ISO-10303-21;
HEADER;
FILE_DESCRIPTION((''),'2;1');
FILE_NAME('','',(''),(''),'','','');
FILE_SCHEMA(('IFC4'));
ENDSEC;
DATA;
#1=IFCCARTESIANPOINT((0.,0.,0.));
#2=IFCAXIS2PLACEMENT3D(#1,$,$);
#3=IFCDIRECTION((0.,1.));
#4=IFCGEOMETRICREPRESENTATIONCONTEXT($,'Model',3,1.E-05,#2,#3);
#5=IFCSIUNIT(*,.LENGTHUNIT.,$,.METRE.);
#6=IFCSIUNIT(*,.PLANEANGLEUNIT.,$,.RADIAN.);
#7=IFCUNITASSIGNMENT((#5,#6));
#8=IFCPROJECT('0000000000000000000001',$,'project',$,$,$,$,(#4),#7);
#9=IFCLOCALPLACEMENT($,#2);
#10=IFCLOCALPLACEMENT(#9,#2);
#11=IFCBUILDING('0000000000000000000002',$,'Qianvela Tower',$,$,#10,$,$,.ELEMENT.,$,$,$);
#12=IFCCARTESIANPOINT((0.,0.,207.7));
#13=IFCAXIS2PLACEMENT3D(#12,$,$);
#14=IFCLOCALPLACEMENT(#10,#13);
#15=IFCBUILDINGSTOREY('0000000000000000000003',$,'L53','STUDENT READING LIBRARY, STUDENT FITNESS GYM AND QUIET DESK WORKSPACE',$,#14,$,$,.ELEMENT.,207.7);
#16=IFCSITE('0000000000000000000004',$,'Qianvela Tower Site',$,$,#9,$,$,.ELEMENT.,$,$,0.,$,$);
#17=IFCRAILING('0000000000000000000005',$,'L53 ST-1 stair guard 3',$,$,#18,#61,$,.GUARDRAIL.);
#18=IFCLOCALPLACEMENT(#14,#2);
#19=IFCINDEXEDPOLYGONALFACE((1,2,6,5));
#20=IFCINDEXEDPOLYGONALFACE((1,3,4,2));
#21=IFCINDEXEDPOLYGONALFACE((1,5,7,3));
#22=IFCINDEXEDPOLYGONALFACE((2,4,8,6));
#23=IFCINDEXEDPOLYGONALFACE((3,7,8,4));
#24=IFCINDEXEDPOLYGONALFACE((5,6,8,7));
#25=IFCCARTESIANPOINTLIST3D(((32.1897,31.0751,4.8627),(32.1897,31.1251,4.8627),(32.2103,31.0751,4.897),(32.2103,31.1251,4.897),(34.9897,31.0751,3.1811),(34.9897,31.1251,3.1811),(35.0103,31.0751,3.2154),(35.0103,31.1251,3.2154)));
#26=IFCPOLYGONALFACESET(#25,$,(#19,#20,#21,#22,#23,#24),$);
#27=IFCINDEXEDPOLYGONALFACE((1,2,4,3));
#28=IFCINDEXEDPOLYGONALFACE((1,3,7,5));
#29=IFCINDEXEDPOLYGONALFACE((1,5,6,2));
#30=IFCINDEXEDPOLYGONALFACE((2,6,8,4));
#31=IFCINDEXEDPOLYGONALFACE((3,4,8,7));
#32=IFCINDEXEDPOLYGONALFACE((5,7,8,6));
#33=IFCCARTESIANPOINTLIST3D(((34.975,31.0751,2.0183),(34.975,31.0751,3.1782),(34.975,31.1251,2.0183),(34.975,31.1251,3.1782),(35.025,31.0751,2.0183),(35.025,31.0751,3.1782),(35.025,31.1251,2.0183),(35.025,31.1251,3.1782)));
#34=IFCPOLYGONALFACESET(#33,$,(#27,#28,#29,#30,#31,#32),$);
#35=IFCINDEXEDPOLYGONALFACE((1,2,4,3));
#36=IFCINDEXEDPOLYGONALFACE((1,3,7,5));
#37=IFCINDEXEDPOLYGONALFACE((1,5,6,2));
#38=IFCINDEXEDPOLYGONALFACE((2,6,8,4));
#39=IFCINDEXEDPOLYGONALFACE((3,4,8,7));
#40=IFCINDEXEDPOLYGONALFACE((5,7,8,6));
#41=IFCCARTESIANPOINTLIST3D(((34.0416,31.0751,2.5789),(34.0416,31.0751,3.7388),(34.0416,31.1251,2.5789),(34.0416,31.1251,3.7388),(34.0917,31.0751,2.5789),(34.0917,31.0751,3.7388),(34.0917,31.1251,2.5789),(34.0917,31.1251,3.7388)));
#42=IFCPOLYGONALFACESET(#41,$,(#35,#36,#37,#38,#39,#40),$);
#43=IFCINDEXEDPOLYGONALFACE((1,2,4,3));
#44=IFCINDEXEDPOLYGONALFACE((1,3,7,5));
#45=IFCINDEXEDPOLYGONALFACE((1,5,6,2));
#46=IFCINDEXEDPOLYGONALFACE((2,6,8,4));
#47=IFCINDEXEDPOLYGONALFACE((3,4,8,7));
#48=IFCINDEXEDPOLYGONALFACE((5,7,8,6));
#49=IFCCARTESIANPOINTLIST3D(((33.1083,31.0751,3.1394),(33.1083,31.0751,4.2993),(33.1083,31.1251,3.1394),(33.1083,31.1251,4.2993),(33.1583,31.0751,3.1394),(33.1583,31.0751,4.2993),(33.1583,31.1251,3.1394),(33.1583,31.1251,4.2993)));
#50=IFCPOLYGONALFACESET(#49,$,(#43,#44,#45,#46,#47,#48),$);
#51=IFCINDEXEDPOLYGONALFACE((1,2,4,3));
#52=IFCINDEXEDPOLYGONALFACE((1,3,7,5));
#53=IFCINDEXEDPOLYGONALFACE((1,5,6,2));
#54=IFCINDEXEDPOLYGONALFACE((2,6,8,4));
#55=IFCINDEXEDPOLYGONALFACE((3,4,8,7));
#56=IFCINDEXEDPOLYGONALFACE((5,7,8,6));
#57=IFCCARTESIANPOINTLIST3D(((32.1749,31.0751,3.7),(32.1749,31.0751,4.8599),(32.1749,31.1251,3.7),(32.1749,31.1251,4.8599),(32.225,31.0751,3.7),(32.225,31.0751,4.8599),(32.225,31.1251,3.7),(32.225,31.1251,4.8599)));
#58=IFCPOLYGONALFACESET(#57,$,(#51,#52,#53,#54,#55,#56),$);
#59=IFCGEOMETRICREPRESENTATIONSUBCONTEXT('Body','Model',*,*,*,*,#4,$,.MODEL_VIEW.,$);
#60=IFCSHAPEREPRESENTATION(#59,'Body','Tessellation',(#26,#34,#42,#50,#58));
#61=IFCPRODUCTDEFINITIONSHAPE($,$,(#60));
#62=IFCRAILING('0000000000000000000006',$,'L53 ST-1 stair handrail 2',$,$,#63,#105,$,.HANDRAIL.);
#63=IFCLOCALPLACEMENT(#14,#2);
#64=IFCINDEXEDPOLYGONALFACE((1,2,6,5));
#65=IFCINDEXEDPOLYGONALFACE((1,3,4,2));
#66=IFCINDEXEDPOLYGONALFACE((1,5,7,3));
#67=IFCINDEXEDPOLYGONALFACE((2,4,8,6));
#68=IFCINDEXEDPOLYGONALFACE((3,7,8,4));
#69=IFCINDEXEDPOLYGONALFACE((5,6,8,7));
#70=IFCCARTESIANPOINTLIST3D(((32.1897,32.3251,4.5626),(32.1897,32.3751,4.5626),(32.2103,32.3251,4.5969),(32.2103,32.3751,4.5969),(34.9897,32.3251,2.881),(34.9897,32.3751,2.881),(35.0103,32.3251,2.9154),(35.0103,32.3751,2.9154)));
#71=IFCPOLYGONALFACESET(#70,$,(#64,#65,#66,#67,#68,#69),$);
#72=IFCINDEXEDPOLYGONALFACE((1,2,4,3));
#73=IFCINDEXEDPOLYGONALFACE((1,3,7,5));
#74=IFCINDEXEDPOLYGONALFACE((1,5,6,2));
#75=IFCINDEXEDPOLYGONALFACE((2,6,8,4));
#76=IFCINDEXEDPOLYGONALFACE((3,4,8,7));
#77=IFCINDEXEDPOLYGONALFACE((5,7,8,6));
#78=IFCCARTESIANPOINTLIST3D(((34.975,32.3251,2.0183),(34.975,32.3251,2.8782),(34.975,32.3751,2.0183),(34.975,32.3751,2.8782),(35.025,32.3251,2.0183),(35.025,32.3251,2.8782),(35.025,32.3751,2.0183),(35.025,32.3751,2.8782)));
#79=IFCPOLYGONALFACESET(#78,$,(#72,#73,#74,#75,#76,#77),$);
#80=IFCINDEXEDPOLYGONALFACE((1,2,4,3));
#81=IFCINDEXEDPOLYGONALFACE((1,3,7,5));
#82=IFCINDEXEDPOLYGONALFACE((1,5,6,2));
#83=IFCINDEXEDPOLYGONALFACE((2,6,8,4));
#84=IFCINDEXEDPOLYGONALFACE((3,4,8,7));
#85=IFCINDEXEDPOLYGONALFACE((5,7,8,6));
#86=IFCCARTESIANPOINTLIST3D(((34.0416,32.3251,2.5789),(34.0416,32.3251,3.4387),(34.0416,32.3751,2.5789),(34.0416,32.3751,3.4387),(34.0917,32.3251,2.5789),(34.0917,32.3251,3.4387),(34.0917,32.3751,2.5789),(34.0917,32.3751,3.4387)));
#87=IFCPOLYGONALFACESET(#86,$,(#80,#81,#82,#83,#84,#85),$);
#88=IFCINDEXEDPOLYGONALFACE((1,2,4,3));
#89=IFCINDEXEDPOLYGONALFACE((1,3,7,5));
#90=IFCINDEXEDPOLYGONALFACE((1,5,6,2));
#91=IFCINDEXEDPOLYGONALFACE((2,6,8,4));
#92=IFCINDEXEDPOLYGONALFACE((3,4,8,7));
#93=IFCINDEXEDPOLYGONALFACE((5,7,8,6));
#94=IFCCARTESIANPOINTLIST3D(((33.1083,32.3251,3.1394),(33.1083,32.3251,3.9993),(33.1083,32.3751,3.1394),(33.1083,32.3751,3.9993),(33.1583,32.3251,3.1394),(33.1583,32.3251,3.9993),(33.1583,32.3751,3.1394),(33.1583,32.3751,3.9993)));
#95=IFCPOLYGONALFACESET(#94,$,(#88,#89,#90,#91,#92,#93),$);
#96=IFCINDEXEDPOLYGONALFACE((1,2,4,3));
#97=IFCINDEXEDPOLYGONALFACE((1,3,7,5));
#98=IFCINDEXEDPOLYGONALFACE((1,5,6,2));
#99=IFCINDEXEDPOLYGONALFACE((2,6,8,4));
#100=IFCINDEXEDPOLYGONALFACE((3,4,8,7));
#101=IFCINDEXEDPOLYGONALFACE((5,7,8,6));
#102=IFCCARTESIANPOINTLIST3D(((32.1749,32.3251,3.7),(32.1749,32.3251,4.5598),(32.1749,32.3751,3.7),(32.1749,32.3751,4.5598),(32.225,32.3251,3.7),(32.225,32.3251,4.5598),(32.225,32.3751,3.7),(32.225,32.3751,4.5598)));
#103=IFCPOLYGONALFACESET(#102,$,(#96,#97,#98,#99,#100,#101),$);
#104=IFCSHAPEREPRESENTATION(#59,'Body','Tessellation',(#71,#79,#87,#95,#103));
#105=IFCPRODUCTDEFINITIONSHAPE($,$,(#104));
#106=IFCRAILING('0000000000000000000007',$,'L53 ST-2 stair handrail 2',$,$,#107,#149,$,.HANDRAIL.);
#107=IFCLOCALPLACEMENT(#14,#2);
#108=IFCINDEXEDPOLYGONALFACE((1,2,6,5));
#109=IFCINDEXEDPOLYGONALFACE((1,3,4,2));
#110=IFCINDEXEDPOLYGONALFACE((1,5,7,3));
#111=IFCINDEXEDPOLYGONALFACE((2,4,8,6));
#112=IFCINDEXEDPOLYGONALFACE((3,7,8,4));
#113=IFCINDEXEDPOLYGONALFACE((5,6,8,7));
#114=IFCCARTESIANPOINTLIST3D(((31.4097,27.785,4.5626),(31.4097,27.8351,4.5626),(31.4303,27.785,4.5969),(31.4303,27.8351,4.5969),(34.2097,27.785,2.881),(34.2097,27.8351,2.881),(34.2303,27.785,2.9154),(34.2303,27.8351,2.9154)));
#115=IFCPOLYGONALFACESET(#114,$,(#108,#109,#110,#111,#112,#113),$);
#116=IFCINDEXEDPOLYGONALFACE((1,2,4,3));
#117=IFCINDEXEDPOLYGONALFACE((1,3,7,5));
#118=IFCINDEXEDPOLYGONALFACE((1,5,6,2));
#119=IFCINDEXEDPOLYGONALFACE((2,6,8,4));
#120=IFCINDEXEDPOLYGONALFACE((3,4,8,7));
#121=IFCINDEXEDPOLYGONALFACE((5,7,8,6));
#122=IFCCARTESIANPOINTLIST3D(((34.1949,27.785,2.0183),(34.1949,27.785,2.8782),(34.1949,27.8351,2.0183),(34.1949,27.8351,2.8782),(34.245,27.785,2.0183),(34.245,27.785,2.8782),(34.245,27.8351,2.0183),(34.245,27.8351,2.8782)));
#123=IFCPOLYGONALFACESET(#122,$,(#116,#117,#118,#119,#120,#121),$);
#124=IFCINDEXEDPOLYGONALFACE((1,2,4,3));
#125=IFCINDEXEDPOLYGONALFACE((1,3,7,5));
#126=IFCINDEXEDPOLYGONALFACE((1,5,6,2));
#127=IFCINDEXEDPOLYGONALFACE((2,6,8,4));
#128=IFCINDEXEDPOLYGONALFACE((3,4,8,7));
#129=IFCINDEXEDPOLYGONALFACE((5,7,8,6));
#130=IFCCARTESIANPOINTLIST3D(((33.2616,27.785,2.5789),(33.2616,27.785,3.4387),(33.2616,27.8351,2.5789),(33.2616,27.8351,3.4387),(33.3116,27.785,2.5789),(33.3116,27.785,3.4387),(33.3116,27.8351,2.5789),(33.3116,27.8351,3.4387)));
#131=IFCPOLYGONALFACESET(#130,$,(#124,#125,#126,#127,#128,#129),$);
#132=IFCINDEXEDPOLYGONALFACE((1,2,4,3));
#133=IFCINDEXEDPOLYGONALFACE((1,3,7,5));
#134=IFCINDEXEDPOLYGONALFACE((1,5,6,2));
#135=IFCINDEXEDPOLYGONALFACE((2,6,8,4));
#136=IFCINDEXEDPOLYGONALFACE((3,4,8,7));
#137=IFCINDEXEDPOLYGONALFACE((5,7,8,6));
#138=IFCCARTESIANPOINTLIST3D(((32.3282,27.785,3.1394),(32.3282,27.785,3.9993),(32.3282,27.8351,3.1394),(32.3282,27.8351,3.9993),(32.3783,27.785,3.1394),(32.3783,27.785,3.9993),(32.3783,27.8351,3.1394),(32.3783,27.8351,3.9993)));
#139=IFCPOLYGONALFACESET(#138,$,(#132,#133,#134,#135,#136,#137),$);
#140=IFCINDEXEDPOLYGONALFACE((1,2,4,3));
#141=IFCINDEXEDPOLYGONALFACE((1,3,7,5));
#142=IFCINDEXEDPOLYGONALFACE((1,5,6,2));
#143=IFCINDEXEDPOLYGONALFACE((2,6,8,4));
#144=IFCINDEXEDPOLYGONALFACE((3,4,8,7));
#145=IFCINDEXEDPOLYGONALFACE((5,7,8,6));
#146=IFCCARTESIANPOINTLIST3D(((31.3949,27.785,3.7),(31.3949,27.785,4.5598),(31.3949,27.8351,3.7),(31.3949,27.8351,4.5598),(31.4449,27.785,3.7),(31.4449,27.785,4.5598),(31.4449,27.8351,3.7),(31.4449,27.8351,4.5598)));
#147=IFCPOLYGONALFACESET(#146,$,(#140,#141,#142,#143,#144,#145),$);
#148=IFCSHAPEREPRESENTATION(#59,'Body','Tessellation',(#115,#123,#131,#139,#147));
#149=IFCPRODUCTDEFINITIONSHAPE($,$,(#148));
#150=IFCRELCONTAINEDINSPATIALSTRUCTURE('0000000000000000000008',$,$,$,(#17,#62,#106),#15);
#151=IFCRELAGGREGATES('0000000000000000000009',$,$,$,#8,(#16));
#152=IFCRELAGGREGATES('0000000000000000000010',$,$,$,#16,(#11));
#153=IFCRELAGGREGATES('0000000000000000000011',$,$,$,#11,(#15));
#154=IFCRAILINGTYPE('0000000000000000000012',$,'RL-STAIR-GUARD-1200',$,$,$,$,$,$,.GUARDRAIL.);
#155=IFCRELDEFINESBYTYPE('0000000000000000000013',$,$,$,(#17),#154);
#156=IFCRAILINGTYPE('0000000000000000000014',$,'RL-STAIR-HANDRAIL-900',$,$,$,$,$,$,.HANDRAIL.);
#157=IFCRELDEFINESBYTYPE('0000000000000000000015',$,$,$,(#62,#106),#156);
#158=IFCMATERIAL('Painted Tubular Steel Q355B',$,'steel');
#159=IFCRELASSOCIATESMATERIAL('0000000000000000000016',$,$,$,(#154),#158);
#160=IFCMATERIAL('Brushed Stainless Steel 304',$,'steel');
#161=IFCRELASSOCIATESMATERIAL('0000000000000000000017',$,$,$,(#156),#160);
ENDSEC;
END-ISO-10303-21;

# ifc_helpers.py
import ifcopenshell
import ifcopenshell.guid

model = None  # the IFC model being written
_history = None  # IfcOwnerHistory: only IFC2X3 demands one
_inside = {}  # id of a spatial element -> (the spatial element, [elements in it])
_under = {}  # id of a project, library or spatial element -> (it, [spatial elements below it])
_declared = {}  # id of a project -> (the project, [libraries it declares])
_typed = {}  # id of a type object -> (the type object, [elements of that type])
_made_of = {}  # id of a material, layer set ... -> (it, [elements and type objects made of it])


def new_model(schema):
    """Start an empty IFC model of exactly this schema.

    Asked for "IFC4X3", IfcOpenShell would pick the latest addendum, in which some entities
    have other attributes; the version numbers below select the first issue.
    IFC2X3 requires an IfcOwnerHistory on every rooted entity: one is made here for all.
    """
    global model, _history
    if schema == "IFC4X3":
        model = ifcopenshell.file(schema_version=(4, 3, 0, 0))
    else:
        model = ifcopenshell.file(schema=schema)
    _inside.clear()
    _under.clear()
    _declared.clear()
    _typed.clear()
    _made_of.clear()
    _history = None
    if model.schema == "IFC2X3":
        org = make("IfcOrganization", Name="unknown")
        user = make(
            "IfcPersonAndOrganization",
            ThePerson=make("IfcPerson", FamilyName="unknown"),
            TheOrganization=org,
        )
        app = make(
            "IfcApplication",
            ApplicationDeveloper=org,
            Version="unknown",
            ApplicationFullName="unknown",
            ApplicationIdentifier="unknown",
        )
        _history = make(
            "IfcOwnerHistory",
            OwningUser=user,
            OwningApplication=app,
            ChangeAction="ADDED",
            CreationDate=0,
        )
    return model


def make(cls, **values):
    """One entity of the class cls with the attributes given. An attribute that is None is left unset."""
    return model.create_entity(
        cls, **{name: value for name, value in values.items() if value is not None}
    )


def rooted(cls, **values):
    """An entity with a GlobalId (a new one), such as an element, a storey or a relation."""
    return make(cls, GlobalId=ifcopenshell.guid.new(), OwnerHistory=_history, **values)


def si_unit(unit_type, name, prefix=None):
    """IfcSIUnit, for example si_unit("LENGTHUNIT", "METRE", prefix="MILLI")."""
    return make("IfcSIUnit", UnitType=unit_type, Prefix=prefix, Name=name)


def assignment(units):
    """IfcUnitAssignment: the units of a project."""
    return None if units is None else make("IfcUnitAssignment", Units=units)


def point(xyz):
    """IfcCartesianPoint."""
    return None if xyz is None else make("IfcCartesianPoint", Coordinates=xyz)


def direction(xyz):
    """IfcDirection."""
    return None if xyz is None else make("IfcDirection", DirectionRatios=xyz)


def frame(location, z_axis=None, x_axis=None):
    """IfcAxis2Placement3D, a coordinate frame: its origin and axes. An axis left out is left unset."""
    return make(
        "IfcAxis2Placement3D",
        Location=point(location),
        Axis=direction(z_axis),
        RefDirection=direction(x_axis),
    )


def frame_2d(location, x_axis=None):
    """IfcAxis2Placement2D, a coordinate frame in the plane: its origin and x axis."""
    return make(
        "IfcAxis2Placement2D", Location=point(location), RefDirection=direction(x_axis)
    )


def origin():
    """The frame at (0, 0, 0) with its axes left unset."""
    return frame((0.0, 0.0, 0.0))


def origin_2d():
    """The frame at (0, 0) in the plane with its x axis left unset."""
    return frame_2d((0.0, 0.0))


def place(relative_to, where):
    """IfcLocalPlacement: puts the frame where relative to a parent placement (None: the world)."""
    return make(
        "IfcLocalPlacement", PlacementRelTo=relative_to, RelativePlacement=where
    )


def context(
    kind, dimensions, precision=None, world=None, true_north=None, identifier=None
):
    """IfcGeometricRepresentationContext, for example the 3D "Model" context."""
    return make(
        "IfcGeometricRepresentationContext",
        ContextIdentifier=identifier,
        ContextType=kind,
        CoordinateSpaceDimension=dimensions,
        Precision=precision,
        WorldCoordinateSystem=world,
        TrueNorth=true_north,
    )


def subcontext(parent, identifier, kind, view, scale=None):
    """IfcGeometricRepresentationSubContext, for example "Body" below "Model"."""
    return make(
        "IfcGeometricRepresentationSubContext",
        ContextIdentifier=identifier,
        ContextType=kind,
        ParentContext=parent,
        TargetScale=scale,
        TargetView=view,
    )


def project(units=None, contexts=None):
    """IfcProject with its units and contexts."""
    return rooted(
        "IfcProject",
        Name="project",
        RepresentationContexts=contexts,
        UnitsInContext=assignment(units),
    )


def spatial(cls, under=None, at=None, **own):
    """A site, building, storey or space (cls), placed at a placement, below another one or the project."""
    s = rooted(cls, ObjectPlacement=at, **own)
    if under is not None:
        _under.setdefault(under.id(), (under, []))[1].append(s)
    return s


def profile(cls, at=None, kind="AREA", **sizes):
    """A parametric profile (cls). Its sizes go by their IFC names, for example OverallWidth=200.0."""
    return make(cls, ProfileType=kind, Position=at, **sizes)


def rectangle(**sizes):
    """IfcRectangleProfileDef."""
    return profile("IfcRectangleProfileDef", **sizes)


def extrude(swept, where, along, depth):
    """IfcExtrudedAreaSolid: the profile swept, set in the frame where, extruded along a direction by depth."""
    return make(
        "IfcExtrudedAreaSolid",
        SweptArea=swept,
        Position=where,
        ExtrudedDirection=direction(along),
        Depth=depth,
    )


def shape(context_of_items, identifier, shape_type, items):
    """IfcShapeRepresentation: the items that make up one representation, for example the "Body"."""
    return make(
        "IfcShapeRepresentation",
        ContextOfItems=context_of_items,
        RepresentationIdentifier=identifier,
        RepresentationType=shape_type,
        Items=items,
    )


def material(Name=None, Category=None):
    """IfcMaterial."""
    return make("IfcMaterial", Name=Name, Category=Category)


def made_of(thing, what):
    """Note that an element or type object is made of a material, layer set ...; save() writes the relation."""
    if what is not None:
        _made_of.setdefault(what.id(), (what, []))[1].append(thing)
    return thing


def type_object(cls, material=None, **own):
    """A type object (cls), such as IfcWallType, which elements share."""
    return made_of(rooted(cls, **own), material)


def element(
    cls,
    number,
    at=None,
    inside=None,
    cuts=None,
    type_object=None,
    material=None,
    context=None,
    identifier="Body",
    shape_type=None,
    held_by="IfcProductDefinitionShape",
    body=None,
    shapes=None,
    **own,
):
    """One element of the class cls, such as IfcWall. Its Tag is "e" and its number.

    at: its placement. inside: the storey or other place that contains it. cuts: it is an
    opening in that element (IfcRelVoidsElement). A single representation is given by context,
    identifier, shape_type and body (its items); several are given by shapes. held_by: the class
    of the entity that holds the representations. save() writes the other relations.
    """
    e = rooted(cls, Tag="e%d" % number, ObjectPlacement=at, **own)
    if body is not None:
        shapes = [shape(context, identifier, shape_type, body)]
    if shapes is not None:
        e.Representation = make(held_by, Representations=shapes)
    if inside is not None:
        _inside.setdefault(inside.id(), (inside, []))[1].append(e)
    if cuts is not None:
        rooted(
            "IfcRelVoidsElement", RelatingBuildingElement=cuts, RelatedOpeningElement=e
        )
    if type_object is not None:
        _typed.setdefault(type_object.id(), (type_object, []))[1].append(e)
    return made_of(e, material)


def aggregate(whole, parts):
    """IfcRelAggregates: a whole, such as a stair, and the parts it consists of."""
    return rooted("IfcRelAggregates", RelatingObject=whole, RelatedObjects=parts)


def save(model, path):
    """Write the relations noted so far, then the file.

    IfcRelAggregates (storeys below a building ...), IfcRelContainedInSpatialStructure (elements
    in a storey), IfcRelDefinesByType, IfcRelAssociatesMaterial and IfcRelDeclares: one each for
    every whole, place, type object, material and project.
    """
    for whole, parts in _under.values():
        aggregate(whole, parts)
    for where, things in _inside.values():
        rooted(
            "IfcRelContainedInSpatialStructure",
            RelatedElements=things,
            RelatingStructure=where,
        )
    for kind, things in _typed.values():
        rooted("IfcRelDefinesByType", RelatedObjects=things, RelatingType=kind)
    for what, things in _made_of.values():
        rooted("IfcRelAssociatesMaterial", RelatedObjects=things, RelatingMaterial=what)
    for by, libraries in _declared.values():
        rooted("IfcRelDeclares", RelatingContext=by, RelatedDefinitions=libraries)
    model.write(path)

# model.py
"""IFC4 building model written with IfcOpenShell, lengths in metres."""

from ifc_helpers import new_model, si_unit, direction, frame, origin, origin_2d, place, context, subcontext, project, spatial, rectangle, extrude, material, type_object, element, save


model = new_model("IFC4")

# Units and contexts
model_context = context("Model", 3, precision=1e-05, world=origin(), true_north=direction((0.0, 1.0)))
body_context = subcontext(model_context, "Body", "Model", "MODEL_VIEW")
ifc_project = project(units=[si_unit("LENGTHUNIT", "METRE"), si_unit("PLANEANGLEUNIT", "RADIAN")], contexts=[model_context])

# Site, building, storey
site_placement = place(None, origin())
site = spatial("IfcSite", under=ifc_project, at=site_placement, Name="Qianvela Tower Site", CompositionType="ELEMENT", RefElevation=0.0)
building_placement = place(site_placement, origin())
building = spatial("IfcBuilding", under=site, at=building_placement, Name="Qianvela Tower", CompositionType="ELEMENT")
storey_placement = place(building_placement, frame((0.0, 0.0, 207.7)))
storey = spatial("IfcBuildingStorey", under=building, at=storey_placement, Name="L53", Description="STUDENT READING LIBRARY, STUDENT FITNESS GYM AND QUIET DESK WORKSPACE", CompositionType="ELEMENT", Elevation=207.7)

# Railings
ifc_material_1 = material(Name="Painted Tubular Steel Q355B", Category="steel")
railing_type_1 = type_object("IfcRailingType", Name="RL-STAIR-GUARD-1200", PredefinedType="GUARDRAIL", material=ifc_material_1)
railing_1_placement = place(storey_placement, frame((35.0, 31.1001, 2.0183)))
element("IfcRailing", 1, at=railing_1_placement, inside=storey, type_object=railing_type_1, Name="L53 ST-1 stair guard 3", PredefinedType="GUARDRAIL", context=body_context, shape_type="SweptSolid", body=[
    extrude(rectangle(XDim=0.05, YDim=0.04, at=origin_2d()), frame((0.0, 0.0, 1.1799), z_axis=(-0.857275, 0.0, 0.514858), x_axis=(0.0, -1.0, 0.0)), (0.0, 0.0, 1.0), 3.2661),
    extrude(rectangle(XDim=0.05, YDim=0.05, at=origin_2d()), origin(), (0.0, 0.0, 1.0), 1.1599),
    extrude(rectangle(XDim=0.05, YDim=0.05, at=origin_2d()), frame((-0.9333, 0.0, 0.5605)), (0.0, 0.0, 1.0), 1.1599),
    extrude(rectangle(XDim=0.05, YDim=0.05, at=origin_2d()), frame((-1.8667, 0.0, 1.1211)), (0.0, 0.0, 1.0), 1.1599),
    extrude(rectangle(XDim=0.05, YDim=0.05, at=origin_2d()), frame((-2.8, 0.0, 1.6816)), (0.0, 0.0, 1.0), 1.1599),
])
ifc_material_2 = material(Name="Brushed Stainless Steel 304", Category="steel")
railing_type_2 = type_object("IfcRailingType", Name="RL-STAIR-HANDRAIL-900", PredefinedType="HANDRAIL", material=ifc_material_2)
for number, where, name in (
    (2, (35.0, 32.3501, 2.0183), "L53 ST-1 stair handrail 2"),
    (3, (34.22, 27.8101, 2.0183), "L53 ST-2 stair handrail 2"),
):
    element("IfcRailing", number, at=place(storey_placement, frame(where)), inside=storey, type_object=railing_type_2, Name=name, PredefinedType="HANDRAIL", context=body_context, shape_type="SweptSolid", body=[
        extrude(rectangle(XDim=0.05, YDim=0.04, at=origin_2d()), frame((0.0, 0.0, 0.8799), z_axis=(-0.857275, 0.0, 0.514858), x_axis=(0.0, -1.0, 0.0)), (0.0, 0.0, 1.0), 3.2661),
        extrude(rectangle(XDim=0.05, YDim=0.05, at=origin_2d()), origin(), (0.0, 0.0, 1.0), 0.8599),
        extrude(rectangle(XDim=0.05, YDim=0.05, at=origin_2d()), frame((-0.9333, 0.0, 0.5605)), (0.0, 0.0, 1.0), 0.8599),
        extrude(rectangle(XDim=0.05, YDim=0.05, at=origin_2d()), frame((-1.8667, 0.0, 1.1211)), (0.0, 0.0, 1.0), 0.8599),
        extrude(rectangle(XDim=0.05, YDim=0.05, at=origin_2d()), frame((-2.8, 0.0, 1.6816)), (0.0, 0.0, 1.0), 0.8599),
    ])

save(model, "model.ifc")
